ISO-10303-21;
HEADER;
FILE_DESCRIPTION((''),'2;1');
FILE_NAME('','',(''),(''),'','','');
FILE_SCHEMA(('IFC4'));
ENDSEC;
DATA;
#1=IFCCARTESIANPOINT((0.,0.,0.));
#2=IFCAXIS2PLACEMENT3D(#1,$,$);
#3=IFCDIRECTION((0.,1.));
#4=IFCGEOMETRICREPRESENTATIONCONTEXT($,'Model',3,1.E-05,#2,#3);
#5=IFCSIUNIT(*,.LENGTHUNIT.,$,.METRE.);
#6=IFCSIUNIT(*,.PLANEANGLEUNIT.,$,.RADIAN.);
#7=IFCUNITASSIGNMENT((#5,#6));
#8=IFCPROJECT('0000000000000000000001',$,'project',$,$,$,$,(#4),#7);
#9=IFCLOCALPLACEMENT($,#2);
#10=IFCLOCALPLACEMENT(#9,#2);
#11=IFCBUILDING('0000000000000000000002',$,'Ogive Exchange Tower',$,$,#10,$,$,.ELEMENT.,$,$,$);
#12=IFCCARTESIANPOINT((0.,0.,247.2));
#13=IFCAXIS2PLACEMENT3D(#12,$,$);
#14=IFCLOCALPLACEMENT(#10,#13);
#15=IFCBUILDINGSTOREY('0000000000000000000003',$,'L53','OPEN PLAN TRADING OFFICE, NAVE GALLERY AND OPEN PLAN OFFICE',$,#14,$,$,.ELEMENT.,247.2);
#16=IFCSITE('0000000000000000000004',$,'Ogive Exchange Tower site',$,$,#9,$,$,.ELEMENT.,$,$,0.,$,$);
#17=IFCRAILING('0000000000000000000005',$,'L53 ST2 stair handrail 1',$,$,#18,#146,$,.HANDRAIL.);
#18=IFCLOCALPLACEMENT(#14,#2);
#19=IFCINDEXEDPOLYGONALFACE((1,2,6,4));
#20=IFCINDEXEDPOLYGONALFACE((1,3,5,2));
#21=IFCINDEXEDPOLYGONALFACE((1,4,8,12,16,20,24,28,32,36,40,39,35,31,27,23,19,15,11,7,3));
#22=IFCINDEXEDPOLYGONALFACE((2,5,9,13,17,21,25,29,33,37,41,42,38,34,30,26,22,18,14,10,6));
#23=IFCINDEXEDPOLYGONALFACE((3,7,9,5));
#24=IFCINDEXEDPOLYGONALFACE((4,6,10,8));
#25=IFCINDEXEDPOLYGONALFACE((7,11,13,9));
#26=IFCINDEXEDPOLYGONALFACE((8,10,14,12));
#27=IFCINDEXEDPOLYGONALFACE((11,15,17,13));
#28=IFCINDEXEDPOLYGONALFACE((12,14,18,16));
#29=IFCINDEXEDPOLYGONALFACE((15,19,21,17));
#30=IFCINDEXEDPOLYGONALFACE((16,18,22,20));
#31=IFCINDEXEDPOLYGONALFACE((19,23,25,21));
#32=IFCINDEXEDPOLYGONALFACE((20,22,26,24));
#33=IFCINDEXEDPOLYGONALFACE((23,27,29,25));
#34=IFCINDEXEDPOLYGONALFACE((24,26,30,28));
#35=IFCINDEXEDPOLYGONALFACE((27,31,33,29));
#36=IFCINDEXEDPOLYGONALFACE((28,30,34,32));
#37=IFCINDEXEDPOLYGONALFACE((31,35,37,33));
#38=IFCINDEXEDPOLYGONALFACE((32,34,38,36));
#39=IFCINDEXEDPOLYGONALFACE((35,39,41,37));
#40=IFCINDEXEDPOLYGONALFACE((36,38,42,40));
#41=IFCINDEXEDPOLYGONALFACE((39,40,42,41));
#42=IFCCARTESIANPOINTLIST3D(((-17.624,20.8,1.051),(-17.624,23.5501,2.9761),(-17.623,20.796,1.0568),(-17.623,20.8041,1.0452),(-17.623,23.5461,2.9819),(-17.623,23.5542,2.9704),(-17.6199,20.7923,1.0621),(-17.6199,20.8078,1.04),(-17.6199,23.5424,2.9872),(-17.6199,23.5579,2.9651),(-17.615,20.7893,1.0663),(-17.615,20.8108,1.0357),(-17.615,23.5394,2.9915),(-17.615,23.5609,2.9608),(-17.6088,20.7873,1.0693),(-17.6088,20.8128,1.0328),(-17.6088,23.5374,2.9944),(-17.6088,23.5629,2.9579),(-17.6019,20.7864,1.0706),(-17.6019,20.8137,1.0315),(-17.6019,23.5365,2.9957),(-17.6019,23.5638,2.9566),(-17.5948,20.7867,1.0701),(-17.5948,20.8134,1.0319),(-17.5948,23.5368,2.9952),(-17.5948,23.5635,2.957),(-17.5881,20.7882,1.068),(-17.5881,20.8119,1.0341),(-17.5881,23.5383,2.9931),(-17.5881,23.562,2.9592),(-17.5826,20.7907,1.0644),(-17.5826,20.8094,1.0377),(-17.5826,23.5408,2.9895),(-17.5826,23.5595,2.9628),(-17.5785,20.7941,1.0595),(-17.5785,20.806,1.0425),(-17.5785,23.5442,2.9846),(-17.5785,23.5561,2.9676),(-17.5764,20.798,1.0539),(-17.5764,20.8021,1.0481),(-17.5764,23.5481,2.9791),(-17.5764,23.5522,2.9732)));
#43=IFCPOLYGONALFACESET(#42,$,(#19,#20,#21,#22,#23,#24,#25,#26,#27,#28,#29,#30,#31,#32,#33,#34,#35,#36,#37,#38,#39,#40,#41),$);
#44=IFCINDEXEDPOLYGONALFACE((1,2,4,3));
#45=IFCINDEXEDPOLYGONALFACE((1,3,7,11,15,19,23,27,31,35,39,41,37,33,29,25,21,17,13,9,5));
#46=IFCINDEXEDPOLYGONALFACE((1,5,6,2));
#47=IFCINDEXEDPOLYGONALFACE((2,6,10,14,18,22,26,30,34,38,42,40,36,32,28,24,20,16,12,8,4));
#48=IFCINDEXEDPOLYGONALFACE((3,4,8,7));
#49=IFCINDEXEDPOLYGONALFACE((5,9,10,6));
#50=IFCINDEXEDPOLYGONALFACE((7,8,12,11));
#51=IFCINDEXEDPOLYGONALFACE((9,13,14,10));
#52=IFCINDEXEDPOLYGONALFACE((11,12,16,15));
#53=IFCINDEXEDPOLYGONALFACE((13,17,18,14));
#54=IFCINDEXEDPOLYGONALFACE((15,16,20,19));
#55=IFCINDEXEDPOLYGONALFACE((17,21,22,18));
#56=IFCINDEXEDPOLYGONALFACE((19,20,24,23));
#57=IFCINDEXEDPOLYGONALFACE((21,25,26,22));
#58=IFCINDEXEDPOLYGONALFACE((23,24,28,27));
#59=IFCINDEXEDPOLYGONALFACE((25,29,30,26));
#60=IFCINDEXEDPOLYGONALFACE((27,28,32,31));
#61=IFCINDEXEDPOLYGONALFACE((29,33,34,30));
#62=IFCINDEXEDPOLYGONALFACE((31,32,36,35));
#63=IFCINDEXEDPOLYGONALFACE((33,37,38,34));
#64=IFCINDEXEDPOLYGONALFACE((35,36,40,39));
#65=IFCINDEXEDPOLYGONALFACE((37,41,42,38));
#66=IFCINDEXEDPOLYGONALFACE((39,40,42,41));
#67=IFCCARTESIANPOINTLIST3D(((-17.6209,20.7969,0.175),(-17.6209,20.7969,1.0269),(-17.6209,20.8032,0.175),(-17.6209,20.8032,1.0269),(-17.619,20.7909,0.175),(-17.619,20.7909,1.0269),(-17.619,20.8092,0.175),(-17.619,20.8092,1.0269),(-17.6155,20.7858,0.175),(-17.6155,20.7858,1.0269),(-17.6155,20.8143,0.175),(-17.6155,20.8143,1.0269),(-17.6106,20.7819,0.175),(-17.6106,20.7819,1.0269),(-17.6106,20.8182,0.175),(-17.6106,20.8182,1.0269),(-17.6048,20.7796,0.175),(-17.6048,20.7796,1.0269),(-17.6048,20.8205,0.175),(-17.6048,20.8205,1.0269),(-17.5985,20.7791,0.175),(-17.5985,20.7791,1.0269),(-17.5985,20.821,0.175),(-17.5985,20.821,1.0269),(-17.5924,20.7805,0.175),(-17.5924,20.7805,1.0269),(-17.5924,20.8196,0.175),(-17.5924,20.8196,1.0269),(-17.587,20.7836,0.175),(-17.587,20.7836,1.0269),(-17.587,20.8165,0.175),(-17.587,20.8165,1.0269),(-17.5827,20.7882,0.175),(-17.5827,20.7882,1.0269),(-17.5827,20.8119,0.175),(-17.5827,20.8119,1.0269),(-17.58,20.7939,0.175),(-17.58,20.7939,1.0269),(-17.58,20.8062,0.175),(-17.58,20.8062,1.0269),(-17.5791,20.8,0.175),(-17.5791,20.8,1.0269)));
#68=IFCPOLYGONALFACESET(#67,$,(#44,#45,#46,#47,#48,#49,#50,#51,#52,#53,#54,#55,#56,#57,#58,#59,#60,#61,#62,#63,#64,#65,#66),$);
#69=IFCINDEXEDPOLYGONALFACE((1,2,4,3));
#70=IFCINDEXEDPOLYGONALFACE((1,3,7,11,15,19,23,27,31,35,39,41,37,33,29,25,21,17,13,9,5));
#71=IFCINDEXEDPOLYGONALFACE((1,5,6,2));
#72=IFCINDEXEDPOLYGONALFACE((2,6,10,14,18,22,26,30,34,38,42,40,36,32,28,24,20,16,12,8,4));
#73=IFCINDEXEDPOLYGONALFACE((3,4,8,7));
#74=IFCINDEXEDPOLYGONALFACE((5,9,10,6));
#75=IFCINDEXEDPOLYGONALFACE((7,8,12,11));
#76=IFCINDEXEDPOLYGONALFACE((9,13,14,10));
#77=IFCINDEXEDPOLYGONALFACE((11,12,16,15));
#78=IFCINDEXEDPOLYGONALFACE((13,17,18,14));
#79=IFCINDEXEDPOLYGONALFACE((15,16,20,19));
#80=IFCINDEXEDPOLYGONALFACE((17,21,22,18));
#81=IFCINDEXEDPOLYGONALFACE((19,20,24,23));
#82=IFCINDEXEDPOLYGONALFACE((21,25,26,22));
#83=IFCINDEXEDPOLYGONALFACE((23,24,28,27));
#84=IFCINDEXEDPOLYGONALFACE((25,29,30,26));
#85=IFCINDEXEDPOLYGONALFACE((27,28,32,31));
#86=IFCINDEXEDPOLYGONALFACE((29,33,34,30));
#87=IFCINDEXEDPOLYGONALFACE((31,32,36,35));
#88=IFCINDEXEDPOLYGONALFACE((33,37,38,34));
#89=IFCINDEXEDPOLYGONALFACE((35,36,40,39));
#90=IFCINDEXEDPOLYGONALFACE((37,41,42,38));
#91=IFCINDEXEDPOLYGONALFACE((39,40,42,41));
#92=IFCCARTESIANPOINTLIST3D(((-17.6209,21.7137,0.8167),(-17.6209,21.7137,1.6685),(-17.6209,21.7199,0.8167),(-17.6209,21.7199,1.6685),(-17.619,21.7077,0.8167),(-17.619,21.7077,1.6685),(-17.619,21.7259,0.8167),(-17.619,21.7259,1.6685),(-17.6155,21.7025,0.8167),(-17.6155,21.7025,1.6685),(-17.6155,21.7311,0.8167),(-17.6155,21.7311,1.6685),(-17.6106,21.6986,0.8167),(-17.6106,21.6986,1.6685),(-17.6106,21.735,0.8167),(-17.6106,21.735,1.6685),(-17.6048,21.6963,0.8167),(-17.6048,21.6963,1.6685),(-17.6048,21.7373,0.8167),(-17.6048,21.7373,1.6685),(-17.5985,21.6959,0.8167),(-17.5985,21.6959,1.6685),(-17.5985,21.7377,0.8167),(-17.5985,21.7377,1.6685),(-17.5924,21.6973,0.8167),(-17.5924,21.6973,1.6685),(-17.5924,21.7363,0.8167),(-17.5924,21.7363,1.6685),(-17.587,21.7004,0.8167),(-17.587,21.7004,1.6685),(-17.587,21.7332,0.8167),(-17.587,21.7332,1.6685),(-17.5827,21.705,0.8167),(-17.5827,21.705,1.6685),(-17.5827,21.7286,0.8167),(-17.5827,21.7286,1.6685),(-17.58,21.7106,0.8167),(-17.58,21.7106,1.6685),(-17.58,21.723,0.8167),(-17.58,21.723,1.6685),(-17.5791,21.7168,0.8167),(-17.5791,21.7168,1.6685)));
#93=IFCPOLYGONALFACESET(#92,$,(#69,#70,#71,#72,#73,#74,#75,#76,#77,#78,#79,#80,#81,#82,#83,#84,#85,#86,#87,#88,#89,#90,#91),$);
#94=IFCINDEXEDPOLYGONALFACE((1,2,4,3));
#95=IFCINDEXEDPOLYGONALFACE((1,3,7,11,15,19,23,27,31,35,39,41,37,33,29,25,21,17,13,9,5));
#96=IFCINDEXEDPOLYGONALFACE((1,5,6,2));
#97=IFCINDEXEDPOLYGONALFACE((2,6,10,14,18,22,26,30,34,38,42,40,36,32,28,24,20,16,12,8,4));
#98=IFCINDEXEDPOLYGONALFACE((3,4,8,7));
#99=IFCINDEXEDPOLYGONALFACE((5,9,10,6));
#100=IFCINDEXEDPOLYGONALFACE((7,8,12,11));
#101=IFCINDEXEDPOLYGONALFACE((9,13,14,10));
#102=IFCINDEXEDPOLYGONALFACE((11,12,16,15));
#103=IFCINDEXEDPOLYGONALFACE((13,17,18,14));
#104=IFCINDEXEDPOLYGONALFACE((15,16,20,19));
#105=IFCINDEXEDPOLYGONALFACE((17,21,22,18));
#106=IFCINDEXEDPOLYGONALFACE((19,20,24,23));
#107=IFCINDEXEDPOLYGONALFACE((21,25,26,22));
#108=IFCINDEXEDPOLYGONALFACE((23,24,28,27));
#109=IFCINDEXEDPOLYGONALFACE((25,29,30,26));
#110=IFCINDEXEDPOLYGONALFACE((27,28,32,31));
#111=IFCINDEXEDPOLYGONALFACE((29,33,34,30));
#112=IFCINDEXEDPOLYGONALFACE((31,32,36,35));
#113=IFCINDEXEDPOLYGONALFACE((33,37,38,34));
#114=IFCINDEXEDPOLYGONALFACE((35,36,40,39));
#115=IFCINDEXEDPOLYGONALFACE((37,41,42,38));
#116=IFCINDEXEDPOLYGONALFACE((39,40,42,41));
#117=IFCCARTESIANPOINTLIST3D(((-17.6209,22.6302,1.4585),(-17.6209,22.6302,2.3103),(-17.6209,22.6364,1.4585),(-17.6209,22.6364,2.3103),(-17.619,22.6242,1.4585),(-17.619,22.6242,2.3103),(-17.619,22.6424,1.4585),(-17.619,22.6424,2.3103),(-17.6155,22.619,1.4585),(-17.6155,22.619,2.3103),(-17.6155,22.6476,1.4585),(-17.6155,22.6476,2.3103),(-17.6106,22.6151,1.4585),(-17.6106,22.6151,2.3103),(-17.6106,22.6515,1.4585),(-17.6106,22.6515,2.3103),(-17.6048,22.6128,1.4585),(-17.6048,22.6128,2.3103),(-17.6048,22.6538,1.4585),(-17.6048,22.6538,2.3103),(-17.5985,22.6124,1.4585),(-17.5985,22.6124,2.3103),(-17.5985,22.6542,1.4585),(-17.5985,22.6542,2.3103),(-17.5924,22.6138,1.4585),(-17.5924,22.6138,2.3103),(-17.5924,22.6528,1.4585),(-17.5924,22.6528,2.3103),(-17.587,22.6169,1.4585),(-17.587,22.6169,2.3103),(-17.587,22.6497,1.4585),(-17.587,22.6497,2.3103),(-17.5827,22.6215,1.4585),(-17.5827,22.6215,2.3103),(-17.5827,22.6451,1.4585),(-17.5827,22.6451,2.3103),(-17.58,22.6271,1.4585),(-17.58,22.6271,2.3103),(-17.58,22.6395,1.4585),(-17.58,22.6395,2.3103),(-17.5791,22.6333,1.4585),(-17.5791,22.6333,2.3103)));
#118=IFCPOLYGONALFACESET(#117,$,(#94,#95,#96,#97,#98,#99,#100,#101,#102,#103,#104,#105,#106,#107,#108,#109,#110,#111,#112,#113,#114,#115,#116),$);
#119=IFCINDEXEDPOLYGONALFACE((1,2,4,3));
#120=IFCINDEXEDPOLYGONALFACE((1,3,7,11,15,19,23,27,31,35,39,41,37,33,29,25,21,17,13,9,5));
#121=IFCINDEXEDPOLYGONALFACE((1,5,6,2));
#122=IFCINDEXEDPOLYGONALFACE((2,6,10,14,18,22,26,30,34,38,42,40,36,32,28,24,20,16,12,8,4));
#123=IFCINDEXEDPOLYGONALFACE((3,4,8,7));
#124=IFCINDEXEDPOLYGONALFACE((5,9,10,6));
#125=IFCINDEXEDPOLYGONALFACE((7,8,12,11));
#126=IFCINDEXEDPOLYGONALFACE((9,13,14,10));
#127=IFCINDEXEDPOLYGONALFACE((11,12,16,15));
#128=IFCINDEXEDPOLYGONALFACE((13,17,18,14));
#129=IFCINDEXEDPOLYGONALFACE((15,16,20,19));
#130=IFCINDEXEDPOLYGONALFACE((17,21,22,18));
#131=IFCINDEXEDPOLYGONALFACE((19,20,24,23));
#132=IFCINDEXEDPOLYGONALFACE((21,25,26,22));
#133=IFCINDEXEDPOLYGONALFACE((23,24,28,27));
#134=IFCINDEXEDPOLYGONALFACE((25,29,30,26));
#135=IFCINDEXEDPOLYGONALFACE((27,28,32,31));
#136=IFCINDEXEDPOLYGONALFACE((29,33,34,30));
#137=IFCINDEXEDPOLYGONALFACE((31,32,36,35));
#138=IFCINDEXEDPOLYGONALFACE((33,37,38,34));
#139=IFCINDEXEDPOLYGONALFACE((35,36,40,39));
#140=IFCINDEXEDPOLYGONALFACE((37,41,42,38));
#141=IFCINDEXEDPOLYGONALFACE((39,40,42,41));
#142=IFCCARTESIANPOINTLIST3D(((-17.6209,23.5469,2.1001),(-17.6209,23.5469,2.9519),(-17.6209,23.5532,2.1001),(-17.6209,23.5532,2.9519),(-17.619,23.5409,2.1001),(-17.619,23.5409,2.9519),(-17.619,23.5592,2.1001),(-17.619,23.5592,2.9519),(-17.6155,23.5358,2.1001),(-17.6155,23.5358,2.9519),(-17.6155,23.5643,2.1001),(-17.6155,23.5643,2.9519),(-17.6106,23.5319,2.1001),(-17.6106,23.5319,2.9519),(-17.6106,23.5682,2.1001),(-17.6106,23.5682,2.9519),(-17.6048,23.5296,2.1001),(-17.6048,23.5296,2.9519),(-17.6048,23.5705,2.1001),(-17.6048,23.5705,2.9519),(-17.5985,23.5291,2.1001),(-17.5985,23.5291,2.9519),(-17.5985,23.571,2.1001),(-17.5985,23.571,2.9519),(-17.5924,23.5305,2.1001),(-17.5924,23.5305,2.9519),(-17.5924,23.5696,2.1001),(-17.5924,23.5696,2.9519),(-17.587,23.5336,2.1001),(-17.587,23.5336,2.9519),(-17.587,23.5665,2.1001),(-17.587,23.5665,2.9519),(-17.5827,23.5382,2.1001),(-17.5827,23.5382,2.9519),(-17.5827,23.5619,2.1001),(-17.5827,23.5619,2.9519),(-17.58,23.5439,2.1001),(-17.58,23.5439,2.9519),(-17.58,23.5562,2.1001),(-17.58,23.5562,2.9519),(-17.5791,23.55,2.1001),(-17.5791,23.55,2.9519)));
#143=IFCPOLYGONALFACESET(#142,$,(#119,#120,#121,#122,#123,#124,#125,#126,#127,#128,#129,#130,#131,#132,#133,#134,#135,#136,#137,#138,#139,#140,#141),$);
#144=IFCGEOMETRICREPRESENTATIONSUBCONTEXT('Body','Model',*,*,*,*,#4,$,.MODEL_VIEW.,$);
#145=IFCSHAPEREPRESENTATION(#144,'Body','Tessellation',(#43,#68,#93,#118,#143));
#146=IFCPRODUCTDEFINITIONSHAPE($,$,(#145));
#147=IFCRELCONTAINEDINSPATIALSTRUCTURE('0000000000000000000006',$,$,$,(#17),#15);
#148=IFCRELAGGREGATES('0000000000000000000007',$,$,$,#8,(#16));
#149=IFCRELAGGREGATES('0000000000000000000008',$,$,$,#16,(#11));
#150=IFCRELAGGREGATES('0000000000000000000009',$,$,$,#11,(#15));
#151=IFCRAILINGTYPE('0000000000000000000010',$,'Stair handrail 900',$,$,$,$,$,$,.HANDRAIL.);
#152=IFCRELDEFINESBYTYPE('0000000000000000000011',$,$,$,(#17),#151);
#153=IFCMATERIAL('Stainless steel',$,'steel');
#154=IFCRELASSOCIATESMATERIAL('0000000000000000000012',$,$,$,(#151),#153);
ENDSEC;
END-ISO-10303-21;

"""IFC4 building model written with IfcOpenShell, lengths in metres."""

from ifc_helpers import new_model, si_unit, direction, frame, origin, origin_2d, place, context, subcontext, project, spatial, circle, extrude, material, type_object, element, save


model = new_model("IFC4")

# Units and contexts
model_context = context("Model", 3, precision=1e-05, world=origin(), true_north=direction((0.0, 1.0)))
body_context = subcontext(model_context, "Body", "Model", "MODEL_VIEW")
ifc_project = project(units=[si_unit("LENGTHUNIT", "METRE"), si_unit("PLANEANGLEUNIT", "RADIAN")], contexts=[model_context])

# Site, building, storey
site_placement = place(None, origin())
site = spatial("IfcSite", under=ifc_project, at=site_placement, Name="Ogive Exchange Tower site", CompositionType="ELEMENT", RefElevation=0.0)
building_placement = place(site_placement, origin())
building = spatial("IfcBuilding", under=site, at=building_placement, Name="Ogive Exchange Tower", CompositionType="ELEMENT")
storey_placement = place(building_placement, frame((0.0, 0.0, 247.2)))
storey = spatial("IfcBuildingStorey", under=building, at=storey_placement, Name="L53", Description="OPEN PLAN TRADING OFFICE, NAVE GALLERY AND OPEN PLAN OFFICE", CompositionType="ELEMENT", Elevation=247.2)

# Railing
ifc_material_1 = material(Name="Stainless steel", Category="steel")
railing_type = type_object("IfcRailingType", Name="Stair handrail 900", PredefinedType="HANDRAIL", material=ifc_material_1)
railing_placement = place(storey_placement, frame((-17.6001, 20.8, 0.175)))
element("IfcRailing", 1, at=railing_placement, inside=storey, type_object=railing_type, Name="L53 ST2 stair handrail 1", PredefinedType="HANDRAIL", context=body_context, shape_type="SweptSolid", body=[
    extrude(circle(Radius=0.0239, at=origin_2d()), frame((0.0, 0.0, 0.876), z_axis=(0.0, 0.819225, 0.573472), x_axis=(-1.0, 0.0, 0.0)), (0.0, 0.0, 1.0), 3.3569),
    extrude(circle(Radius=0.021, at=origin_2d()), origin(), (0.0, 0.0, 1.0), 0.8518),
    extrude(circle(Radius=0.021, at=origin_2d()), frame((0.0, 0.9167, 0.6416)), (0.0, 0.0, 1.0), 0.8518),
    extrude(circle(Radius=0.021, at=origin_2d()), frame((0.0, 1.8333, 1.2834)), (0.0, 0.0, 1.0), 0.8518),
    extrude(circle(Radius=0.021, at=origin_2d()), frame((0.0, 2.75, 1.925)), (0.0, 0.0, 1.0), 0.8518),
])

save(model, "model.ifc")
